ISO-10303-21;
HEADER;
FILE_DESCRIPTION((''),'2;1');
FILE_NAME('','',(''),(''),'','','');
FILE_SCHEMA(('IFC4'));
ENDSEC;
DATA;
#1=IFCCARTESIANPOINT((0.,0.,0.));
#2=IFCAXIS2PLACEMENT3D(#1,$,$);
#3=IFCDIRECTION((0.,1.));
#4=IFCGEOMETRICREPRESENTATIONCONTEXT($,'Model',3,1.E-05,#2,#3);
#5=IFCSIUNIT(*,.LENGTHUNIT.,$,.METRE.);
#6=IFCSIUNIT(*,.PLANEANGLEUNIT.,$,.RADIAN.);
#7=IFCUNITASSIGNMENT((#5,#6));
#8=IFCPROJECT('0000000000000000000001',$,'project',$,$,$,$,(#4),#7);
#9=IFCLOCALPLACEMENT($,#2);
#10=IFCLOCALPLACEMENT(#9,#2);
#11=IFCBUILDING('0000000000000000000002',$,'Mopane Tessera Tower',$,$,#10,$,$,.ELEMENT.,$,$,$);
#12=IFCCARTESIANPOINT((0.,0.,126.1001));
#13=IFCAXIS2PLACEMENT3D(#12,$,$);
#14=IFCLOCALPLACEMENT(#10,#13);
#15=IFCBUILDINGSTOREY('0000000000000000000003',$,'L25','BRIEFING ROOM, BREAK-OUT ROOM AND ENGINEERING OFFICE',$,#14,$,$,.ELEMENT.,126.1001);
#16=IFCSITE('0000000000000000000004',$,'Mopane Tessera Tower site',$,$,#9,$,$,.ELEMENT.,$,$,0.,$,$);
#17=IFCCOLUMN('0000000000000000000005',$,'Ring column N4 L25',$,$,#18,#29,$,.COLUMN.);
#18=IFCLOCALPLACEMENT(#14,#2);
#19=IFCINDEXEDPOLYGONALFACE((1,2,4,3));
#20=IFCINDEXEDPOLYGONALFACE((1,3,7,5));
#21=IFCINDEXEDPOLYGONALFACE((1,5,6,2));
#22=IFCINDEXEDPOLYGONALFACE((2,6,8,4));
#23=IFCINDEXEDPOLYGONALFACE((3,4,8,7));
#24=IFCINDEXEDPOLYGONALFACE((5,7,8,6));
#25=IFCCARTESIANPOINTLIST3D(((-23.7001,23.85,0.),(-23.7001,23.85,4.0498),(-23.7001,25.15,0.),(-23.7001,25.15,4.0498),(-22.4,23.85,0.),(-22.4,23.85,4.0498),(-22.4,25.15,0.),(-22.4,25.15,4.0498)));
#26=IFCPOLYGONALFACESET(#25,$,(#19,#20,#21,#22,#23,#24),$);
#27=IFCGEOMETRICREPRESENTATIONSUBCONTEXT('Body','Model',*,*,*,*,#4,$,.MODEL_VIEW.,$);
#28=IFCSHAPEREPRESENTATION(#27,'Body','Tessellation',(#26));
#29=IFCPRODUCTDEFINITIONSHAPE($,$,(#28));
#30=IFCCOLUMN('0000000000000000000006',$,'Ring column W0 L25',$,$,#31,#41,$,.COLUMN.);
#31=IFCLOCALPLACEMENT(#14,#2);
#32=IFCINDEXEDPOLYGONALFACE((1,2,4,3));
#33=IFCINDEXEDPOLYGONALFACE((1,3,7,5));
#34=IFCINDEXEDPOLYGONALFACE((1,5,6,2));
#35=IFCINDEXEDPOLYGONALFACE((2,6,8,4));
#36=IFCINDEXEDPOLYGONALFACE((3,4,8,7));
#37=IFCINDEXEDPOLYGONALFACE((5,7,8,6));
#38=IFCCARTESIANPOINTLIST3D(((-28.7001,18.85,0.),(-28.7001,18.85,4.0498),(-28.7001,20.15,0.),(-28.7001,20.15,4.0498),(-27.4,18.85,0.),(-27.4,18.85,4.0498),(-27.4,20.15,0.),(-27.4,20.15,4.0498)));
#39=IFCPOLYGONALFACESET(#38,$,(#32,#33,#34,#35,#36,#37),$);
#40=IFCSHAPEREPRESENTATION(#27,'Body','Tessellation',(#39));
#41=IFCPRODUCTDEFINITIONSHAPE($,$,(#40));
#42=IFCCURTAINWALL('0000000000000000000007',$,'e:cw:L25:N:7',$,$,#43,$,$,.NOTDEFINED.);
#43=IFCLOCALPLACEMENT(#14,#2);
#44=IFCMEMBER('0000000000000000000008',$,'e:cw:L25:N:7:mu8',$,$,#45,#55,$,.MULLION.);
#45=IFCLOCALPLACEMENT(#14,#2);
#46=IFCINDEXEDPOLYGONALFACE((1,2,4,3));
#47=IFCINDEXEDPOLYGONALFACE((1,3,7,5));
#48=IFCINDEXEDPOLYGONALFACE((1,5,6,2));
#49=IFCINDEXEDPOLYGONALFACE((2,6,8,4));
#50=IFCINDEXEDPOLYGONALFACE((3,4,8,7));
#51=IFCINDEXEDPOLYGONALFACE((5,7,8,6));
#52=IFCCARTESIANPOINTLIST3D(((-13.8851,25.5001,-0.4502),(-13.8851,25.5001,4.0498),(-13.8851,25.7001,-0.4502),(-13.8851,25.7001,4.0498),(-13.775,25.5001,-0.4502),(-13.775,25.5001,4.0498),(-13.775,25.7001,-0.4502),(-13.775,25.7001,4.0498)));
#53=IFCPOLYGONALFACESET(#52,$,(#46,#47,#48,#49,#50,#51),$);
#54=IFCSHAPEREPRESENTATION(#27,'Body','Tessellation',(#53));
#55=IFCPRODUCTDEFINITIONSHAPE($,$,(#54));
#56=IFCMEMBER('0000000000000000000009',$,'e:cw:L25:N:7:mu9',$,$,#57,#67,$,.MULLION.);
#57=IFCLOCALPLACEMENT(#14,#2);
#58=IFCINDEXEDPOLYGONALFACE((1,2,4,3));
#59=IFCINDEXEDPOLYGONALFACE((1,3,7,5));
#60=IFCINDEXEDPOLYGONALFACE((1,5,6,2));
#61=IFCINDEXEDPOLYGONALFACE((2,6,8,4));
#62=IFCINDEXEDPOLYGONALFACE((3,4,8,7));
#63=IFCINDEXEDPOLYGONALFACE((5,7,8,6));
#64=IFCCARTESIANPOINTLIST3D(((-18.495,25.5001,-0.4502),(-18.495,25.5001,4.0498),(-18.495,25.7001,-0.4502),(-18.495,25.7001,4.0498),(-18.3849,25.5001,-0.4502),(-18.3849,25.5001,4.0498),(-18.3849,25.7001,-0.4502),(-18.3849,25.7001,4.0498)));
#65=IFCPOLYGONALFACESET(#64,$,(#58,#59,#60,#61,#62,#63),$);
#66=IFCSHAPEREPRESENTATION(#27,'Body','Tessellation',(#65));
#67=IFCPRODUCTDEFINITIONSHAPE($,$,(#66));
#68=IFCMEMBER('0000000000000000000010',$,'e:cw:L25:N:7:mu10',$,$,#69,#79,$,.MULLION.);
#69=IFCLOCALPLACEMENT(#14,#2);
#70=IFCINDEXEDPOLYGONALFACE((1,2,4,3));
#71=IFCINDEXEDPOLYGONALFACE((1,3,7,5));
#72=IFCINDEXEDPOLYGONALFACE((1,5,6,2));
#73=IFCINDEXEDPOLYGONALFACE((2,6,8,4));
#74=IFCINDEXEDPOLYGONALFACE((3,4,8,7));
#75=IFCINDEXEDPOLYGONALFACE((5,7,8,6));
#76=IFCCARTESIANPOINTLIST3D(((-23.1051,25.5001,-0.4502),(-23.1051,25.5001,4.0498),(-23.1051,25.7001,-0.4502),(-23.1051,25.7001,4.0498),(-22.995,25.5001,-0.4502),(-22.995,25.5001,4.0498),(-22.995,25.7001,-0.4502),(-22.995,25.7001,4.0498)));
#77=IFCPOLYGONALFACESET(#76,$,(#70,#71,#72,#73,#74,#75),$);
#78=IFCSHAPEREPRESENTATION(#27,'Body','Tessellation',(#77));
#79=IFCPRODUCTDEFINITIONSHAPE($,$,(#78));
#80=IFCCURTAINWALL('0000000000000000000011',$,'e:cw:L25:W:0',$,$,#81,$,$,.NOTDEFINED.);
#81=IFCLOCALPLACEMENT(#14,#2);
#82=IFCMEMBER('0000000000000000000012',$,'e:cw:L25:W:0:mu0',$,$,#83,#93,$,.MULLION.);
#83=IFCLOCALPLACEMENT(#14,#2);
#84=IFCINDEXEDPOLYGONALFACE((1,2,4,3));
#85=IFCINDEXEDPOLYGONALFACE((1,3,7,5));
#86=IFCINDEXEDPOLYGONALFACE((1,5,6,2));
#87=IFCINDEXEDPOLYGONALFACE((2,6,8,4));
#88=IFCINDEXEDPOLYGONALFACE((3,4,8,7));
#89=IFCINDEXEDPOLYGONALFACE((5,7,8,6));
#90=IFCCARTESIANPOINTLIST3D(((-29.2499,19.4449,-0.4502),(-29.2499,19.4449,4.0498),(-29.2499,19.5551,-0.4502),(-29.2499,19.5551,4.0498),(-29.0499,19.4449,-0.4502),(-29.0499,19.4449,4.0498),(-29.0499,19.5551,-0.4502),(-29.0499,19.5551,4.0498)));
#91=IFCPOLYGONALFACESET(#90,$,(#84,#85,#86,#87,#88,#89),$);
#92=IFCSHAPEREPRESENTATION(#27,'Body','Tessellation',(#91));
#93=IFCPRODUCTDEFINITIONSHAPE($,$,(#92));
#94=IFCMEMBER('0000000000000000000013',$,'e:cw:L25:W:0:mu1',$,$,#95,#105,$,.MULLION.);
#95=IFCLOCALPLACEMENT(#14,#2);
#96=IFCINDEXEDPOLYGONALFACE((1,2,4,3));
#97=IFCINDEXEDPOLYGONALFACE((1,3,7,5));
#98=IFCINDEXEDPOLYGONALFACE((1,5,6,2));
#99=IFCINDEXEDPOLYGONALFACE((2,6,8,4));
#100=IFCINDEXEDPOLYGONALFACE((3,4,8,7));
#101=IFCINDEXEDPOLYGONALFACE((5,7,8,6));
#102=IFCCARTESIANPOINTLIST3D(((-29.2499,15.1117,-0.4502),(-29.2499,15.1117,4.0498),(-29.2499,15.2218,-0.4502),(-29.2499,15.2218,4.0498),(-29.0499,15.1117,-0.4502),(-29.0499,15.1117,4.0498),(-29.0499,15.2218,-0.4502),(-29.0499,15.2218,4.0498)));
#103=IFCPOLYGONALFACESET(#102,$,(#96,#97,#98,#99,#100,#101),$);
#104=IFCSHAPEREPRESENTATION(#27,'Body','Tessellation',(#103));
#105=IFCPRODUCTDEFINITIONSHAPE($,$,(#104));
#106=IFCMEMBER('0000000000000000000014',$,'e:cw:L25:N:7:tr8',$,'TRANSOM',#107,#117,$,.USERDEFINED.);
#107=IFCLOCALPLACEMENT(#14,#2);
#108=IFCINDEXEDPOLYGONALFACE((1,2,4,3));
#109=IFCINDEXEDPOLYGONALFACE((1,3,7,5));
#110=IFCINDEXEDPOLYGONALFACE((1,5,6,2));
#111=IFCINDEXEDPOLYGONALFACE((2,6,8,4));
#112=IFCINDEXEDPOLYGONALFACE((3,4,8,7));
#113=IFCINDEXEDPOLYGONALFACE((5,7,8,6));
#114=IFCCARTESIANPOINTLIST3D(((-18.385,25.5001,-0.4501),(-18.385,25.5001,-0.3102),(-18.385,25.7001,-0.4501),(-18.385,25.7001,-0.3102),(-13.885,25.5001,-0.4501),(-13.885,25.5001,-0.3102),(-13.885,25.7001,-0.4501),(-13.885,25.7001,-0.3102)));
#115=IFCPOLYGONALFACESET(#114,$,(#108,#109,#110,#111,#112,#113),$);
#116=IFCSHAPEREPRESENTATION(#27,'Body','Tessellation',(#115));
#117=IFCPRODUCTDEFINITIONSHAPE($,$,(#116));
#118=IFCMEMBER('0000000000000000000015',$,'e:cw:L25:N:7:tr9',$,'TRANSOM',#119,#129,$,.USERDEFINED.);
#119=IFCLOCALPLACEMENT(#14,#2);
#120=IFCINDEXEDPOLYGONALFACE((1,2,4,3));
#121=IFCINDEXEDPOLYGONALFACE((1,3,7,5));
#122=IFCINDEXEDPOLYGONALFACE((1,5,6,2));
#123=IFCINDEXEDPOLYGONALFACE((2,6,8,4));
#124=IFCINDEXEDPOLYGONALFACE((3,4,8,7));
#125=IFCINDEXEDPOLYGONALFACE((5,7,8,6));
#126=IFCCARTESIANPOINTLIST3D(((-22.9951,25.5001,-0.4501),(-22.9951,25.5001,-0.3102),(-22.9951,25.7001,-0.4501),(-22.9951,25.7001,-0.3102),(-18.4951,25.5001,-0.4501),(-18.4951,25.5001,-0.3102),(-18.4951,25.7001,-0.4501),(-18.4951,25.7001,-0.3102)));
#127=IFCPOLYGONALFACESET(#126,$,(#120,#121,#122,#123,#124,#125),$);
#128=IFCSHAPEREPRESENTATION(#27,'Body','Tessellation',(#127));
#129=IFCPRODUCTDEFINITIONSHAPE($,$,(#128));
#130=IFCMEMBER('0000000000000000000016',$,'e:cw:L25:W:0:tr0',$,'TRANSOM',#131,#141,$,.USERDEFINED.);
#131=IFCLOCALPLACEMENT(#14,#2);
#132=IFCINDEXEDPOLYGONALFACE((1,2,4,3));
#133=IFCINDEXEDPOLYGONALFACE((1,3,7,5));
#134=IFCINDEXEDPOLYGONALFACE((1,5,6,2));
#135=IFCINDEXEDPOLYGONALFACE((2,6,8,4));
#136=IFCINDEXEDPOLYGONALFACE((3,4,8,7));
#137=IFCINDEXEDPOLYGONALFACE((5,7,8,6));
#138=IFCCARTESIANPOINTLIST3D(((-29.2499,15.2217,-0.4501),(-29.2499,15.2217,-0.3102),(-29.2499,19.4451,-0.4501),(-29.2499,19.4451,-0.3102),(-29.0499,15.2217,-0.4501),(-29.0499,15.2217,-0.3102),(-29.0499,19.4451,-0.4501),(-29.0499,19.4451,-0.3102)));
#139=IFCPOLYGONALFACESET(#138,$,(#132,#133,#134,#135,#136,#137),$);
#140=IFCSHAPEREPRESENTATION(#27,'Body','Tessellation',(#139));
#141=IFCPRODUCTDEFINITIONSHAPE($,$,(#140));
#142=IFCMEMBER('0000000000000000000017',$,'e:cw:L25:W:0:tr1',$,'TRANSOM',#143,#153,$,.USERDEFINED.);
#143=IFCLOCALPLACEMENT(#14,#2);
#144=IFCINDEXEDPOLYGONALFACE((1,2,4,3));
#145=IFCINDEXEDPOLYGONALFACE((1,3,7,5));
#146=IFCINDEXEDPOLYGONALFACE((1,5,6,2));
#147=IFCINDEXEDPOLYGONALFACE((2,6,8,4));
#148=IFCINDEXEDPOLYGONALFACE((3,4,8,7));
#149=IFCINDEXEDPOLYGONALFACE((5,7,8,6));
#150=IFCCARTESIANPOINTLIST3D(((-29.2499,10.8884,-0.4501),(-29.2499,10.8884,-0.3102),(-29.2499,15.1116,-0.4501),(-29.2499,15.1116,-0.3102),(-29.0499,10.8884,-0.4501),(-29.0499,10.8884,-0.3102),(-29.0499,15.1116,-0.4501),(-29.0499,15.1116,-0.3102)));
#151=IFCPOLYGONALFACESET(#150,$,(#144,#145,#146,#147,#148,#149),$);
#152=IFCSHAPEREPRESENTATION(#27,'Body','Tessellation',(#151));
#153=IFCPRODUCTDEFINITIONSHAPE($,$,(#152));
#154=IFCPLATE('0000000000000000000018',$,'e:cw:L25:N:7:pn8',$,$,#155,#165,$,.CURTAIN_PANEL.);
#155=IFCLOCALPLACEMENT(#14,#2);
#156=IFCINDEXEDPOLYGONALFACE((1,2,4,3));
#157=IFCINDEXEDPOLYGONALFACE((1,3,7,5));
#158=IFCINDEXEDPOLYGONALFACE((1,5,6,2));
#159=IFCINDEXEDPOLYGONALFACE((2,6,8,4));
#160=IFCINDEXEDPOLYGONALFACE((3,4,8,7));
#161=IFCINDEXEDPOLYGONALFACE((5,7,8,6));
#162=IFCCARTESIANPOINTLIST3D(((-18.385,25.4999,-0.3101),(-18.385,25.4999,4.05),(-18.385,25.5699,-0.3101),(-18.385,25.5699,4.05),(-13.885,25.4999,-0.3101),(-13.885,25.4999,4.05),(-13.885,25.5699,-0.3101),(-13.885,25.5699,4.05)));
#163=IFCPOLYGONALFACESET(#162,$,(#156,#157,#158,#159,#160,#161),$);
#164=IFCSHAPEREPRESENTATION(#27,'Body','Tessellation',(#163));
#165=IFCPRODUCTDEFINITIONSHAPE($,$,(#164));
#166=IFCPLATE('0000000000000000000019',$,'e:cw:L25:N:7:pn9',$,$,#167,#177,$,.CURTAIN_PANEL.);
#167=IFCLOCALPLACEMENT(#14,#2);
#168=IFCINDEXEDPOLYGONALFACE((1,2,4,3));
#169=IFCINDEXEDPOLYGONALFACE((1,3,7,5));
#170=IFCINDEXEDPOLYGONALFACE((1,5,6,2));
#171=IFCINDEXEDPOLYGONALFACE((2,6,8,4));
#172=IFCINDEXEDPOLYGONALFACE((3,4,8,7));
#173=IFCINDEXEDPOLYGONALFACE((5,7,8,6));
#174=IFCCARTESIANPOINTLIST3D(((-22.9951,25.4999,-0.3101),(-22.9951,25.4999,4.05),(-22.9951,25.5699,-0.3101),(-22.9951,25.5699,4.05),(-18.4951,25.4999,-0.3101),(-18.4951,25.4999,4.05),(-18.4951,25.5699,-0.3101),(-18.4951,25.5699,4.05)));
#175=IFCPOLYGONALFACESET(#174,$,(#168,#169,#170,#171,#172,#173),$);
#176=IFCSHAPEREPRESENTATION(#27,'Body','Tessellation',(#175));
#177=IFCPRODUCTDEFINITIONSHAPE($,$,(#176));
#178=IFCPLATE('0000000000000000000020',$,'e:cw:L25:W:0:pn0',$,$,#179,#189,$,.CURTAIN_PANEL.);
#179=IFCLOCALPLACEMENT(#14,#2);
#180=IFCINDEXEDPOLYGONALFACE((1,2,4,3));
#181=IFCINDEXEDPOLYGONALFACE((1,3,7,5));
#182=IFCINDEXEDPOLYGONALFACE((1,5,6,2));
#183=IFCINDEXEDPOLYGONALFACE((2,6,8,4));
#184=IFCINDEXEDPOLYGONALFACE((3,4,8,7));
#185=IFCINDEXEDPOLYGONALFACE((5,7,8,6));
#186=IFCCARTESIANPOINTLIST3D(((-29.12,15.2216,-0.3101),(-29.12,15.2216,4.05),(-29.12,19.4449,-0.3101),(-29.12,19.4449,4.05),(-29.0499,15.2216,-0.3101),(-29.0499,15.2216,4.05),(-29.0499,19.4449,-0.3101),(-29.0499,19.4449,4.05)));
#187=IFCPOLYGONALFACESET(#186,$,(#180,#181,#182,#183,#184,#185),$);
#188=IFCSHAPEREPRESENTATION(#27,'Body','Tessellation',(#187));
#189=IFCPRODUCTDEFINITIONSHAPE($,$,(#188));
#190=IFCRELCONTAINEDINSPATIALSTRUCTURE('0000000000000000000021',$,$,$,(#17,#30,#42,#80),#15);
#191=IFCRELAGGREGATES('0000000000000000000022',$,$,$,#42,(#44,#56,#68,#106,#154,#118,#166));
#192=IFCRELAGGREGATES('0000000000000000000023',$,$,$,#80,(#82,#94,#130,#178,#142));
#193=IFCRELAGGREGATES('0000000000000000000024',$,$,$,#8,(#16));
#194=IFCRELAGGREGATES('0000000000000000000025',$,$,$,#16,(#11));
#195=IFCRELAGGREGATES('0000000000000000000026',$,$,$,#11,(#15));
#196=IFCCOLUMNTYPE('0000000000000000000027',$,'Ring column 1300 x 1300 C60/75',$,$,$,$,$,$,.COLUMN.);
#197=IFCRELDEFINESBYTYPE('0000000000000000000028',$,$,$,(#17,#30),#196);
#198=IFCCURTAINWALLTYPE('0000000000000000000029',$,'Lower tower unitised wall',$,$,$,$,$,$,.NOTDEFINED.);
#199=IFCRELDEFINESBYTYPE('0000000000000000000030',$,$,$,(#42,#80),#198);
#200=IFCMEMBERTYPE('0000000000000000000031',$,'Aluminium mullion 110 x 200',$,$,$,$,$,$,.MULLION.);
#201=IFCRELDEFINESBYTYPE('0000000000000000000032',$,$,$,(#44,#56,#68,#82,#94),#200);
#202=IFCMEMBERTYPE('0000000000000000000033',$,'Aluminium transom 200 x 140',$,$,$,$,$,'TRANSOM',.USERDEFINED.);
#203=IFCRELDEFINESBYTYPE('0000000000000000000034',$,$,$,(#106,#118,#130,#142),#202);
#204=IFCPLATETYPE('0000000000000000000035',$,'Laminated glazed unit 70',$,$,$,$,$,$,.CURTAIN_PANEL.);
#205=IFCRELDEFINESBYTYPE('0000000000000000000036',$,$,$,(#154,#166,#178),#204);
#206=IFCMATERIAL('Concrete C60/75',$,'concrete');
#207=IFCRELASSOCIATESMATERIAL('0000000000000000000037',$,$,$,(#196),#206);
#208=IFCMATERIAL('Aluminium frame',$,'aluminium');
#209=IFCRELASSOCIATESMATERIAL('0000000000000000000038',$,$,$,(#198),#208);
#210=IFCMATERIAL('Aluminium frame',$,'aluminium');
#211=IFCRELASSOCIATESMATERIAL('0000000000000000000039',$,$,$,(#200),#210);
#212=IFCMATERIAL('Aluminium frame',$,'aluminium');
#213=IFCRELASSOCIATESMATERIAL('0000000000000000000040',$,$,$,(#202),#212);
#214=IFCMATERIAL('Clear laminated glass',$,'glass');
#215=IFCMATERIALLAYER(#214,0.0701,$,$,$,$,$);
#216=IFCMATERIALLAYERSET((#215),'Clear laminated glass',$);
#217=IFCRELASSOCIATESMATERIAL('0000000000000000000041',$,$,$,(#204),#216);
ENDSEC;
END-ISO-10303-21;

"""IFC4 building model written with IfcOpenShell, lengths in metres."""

from ifc_helpers import new_model, si_unit, direction, frame, origin, origin_2d, place, context, subcontext, project, spatial, rectangle, extrude, material, layer, layer_set, material_profile, profile_set, type_object, element, aggregate, save


model = new_model("IFC4")

# Units and contexts
model_context = context("Model", 3, precision=1e-05, world=origin(), true_north=direction((0.0, 1.0)))
body_context = subcontext(model_context, "Body", "Model", "MODEL_VIEW")
ifc_project = project(units=[si_unit("LENGTHUNIT", "METRE"), si_unit("PLANEANGLEUNIT", "RADIAN")], contexts=[model_context])

# Site, building, storey
site_placement = place(None, origin())
site = spatial("IfcSite", under=ifc_project, at=site_placement, Name="Mopane Tessera Tower site", CompositionType="ELEMENT", RefElevation=0.0)
building_placement = place(site_placement, origin())
building = spatial("IfcBuilding", under=site, at=building_placement, Name="Mopane Tessera Tower", CompositionType="ELEMENT")
storey_placement = place(building_placement, frame((0.0, 0.0, 126.1001)))
storey = spatial("IfcBuildingStorey", under=building, at=storey_placement, Name="L25", Description="BRIEFING ROOM, BREAK-OUT ROOM AND ENGINEERING OFFICE", CompositionType="ELEMENT", Elevation=126.1001)

# Columns
ifc_material_1 = material(Name="Concrete C60/75", Category="concrete")
ifc_material_profile_1 = material_profile(ifc_material_1, rectangle(XDim=1.3, YDim=1.3, at=origin_2d()))
ifc_profile_set_1 = profile_set([ifc_material_profile_1], Name="Concrete C60/75")
column_type = type_object("IfcColumnType", Name="Ring column 1300 x 1300 C60/75", PredefinedType="COLUMN", material=ifc_profile_set_1)
for number, where, z_axis, x_axis, name in (
    (1, (-23.05, 24.5, 0.0), (0.0, 0.0, 1.0), (1.0, 0.0, 0.0), "Ring column N4 L25"),
    (2, (-28.05, 19.5, 0.0), (0.0, 0.0, 1.0), (1.0, 0.0, 0.0), "Ring column W0 L25"),
):
    element("IfcColumn", number, at=place(storey_placement, frame(where, z_axis=z_axis, x_axis=x_axis)), inside=storey, type_object=column_type, Name=name, PredefinedType="COLUMN", context=body_context, shape_type="SweptSolid", body=[
        extrude(rectangle(XDim=1.3, YDim=1.3, at=origin_2d()), origin(), (0.0, 0.0, 1.0), 4.0498),
    ])

# Curtain walls, members
ifc_material_2 = material(Name="Aluminium frame", Category="aluminium")
curtain_wall_type = type_object("IfcCurtainWallType", Name="Lower tower unitised wall", PredefinedType="NOTDEFINED", material=ifc_material_2)
curtain_wall_1_placement = place(storey_placement, origin())
curtain_wall_1 = element("IfcCurtainWall", 3, at=curtain_wall_1_placement, inside=storey, type_object=curtain_wall_type, Name="e:cw:L25:N:7", PredefinedType="NOTDEFINED")
ifc_material_3 = material(Name="Aluminium frame", Category="aluminium")
ifc_material_profile_2 = material_profile(ifc_material_3, rectangle(XDim=0.1101, YDim=0.2, at=origin_2d()))
ifc_profile_set_2 = profile_set([ifc_material_profile_2], Name="Aluminium frame")
member_type_1 = type_object("IfcMemberType", Name="Aluminium mullion 110 x 200", PredefinedType="MULLION", material=ifc_profile_set_2)
member_1_placement = place(storey_placement, frame((-13.8301, 25.6001, -0.4502), z_axis=(0.0, 0.0, 1.0), x_axis=(-1.0, 0.0, 0.0)))
member_1 = element("IfcMember", 4, at=member_1_placement, type_object=member_type_1, Name="e:cw:L25:N:7:mu8", PredefinedType="MULLION", context=body_context, shape_type="SweptSolid", body=[
    extrude(rectangle(XDim=0.1101, YDim=0.2, at=origin_2d()), origin(), (0.0, 0.0, 1.0), 4.5),
])
member_2_placement = place(storey_placement, frame((-18.4399, 25.6001, -0.4502), z_axis=(0.0, 0.0, 1.0), x_axis=(-1.0, 0.0, 0.0)))
member_2 = element("IfcMember", 5, at=member_2_placement, type_object=member_type_1, Name="e:cw:L25:N:7:mu9", PredefinedType="MULLION", context=body_context, shape_type="SweptSolid", body=[
    extrude(rectangle(XDim=0.1101, YDim=0.2, at=origin_2d()), origin(), (0.0, 0.0, 1.0), 4.5),
])
member_3_placement = place(storey_placement, frame((-23.05, 25.6001, -0.4502), z_axis=(0.0, 0.0, 1.0), x_axis=(-1.0, 0.0, 0.0)))
member_3 = element("IfcMember", 6, at=member_3_placement, type_object=member_type_1, Name="e:cw:L25:N:7:mu10", PredefinedType="MULLION", context=body_context, shape_type="SweptSolid", body=[
    extrude(rectangle(XDim=0.1101, YDim=0.2, at=origin_2d()), origin(), (0.0, 0.0, 1.0), 4.5),
])
curtain_wall_2_placement = place(storey_placement, origin())
curtain_wall_2 = element("IfcCurtainWall", 7, at=curtain_wall_2_placement, inside=storey, type_object=curtain_wall_type, Name="e:cw:L25:W:0", PredefinedType="NOTDEFINED")
member_4_placement = place(storey_placement, frame((-29.1499, 19.5, -0.4502), z_axis=(0.0, 0.0, 1.0), x_axis=(0.0, -1.0, 0.0)))
member_4 = element("IfcMember", 8, at=member_4_placement, type_object=member_type_1, Name="e:cw:L25:W:0:mu0", PredefinedType="MULLION", context=body_context, shape_type="SweptSolid", body=[
    extrude(rectangle(XDim=0.1101, YDim=0.2, at=origin_2d()), origin(), (0.0, 0.0, 1.0), 4.5),
])
member_5_placement = place(storey_placement, frame((-29.1499, 15.1667, -0.4502), z_axis=(0.0, 0.0, 1.0), x_axis=(0.0, -1.0, 0.0)))
member_5 = element("IfcMember", 9, at=member_5_placement, type_object=member_type_1, Name="e:cw:L25:W:0:mu1", PredefinedType="MULLION", context=body_context, shape_type="SweptSolid", body=[
    extrude(rectangle(XDim=0.1101, YDim=0.2, at=origin_2d()), origin(), (0.0, 0.0, 1.0), 4.5),
])

# Members
ifc_material_4 = material(Name="Aluminium frame", Category="aluminium")
ifc_material_profile_3 = material_profile(ifc_material_4, rectangle(XDim=0.2, YDim=0.1399, at=origin_2d()))
ifc_profile_set_3 = profile_set([ifc_material_profile_3], Name="Aluminium frame")
member_type_2 = type_object("IfcMemberType", Name="Aluminium transom 200 x 140", ElementType="TRANSOM", PredefinedType="USERDEFINED", material=ifc_profile_set_3)
member_6_placement = place(storey_placement, frame((-13.885, 25.6001, -0.3801), z_axis=(-1.0, 0.0, 0.0), x_axis=(0.0, -1.0, 0.0)))
member_6 = element("IfcMember", 10, at=member_6_placement, type_object=member_type_2, Name="e:cw:L25:N:7:tr8", ObjectType="TRANSOM", PredefinedType="USERDEFINED", context=body_context, shape_type="SweptSolid", body=[
    extrude(rectangle(XDim=0.2, YDim=0.1399, at=origin_2d()), origin(), (0.0, 0.0, 1.0), 4.5),
])
member_7_placement = place(storey_placement, frame((-18.4951, 25.6001, -0.3801), z_axis=(-1.0, 0.0, 0.0), x_axis=(0.0, -1.0, 0.0)))
member_7 = element("IfcMember", 11, at=member_7_placement, type_object=member_type_2, Name="e:cw:L25:N:7:tr9", ObjectType="TRANSOM", PredefinedType="USERDEFINED", context=body_context, shape_type="SweptSolid", body=[
    extrude(rectangle(XDim=0.2, YDim=0.1399, at=origin_2d()), origin(), (0.0, 0.0, 1.0), 4.5),
])
member_8_placement = place(storey_placement, frame((-29.1499, 19.4451, -0.3801), z_axis=(0.0, -1.0, 0.0), x_axis=(1.0, 0.0, 0.0)))
member_8 = element("IfcMember", 12, at=member_8_placement, type_object=member_type_2, Name="e:cw:L25:W:0:tr0", ObjectType="TRANSOM", PredefinedType="USERDEFINED", context=body_context, shape_type="SweptSolid", body=[
    extrude(rectangle(XDim=0.2, YDim=0.1399, at=origin_2d()), origin(), (0.0, 0.0, 1.0), 4.2234),
])
member_9_placement = place(storey_placement, frame((-29.1499, 15.1116, -0.3801), z_axis=(0.0, -1.0, 0.0), x_axis=(1.0, 0.0, 0.0)))
member_9 = element("IfcMember", 13, at=member_9_placement, type_object=member_type_2, Name="e:cw:L25:W:0:tr1", ObjectType="TRANSOM", PredefinedType="USERDEFINED", context=body_context, shape_type="SweptSolid", body=[
    extrude(rectangle(XDim=0.2, YDim=0.1399, at=origin_2d()), origin(), (0.0, 0.0, 1.0), 4.2231),
])

# Plates
ifc_material_5 = material(Name="Clear laminated glass", Category="glass")
ifc_layer_1 = layer(ifc_material_5, 0.0701)
ifc_layer_set_1 = layer_set([ifc_layer_1], Name="Clear laminated glass")
plate_type = type_object("IfcPlateType", Name="Laminated glazed unit 70", PredefinedType="CURTAIN_PANEL", material=ifc_layer_set_1)
plate_1_placement = place(storey_placement, frame((-16.135, 25.5349, -0.3101), z_axis=(0.0, 0.0, 1.0), x_axis=(-1.0, 0.0, 0.0)))
plate_1 = element("IfcPlate", 14, at=plate_1_placement, type_object=plate_type, Name="e:cw:L25:N:7:pn8", PredefinedType="CURTAIN_PANEL", context=body_context, shape_type="SweptSolid", body=[
    extrude(rectangle(XDim=4.5, YDim=0.0701, at=origin_2d()), origin(), (0.0, 0.0, 1.0), 4.3601),
])
plate_2_placement = place(storey_placement, frame((-20.7451, 25.5349, -0.3101), z_axis=(0.0, 0.0, 1.0), x_axis=(-1.0, 0.0, 0.0)))
plate_2 = element("IfcPlate", 15, at=plate_2_placement, type_object=plate_type, Name="e:cw:L25:N:7:pn9", PredefinedType="CURTAIN_PANEL", context=body_context, shape_type="SweptSolid", body=[
    extrude(rectangle(XDim=4.5, YDim=0.0701, at=origin_2d()), origin(), (0.0, 0.0, 1.0), 4.3601),
])
aggregate(curtain_wall_1, [member_1, member_2, member_3, member_6, plate_1, member_7, plate_2])
plate_3_placement = place(storey_placement, frame((-29.085, 17.3333, -0.3101), z_axis=(0.0, 0.0, 1.0), x_axis=(0.0, -1.0, 0.0)))
plate_3 = element("IfcPlate", 16, at=plate_3_placement, type_object=plate_type, Name="e:cw:L25:W:0:pn0", PredefinedType="CURTAIN_PANEL", context=body_context, shape_type="SweptSolid", body=[
    extrude(rectangle(XDim=4.2234, YDim=0.0701, at=origin_2d()), origin(), (0.0, 0.0, 1.0), 4.3601),
])
aggregate(curtain_wall_2, [member_4, member_5, member_8, plate_3, member_9])

save(model, "model.ifc")
